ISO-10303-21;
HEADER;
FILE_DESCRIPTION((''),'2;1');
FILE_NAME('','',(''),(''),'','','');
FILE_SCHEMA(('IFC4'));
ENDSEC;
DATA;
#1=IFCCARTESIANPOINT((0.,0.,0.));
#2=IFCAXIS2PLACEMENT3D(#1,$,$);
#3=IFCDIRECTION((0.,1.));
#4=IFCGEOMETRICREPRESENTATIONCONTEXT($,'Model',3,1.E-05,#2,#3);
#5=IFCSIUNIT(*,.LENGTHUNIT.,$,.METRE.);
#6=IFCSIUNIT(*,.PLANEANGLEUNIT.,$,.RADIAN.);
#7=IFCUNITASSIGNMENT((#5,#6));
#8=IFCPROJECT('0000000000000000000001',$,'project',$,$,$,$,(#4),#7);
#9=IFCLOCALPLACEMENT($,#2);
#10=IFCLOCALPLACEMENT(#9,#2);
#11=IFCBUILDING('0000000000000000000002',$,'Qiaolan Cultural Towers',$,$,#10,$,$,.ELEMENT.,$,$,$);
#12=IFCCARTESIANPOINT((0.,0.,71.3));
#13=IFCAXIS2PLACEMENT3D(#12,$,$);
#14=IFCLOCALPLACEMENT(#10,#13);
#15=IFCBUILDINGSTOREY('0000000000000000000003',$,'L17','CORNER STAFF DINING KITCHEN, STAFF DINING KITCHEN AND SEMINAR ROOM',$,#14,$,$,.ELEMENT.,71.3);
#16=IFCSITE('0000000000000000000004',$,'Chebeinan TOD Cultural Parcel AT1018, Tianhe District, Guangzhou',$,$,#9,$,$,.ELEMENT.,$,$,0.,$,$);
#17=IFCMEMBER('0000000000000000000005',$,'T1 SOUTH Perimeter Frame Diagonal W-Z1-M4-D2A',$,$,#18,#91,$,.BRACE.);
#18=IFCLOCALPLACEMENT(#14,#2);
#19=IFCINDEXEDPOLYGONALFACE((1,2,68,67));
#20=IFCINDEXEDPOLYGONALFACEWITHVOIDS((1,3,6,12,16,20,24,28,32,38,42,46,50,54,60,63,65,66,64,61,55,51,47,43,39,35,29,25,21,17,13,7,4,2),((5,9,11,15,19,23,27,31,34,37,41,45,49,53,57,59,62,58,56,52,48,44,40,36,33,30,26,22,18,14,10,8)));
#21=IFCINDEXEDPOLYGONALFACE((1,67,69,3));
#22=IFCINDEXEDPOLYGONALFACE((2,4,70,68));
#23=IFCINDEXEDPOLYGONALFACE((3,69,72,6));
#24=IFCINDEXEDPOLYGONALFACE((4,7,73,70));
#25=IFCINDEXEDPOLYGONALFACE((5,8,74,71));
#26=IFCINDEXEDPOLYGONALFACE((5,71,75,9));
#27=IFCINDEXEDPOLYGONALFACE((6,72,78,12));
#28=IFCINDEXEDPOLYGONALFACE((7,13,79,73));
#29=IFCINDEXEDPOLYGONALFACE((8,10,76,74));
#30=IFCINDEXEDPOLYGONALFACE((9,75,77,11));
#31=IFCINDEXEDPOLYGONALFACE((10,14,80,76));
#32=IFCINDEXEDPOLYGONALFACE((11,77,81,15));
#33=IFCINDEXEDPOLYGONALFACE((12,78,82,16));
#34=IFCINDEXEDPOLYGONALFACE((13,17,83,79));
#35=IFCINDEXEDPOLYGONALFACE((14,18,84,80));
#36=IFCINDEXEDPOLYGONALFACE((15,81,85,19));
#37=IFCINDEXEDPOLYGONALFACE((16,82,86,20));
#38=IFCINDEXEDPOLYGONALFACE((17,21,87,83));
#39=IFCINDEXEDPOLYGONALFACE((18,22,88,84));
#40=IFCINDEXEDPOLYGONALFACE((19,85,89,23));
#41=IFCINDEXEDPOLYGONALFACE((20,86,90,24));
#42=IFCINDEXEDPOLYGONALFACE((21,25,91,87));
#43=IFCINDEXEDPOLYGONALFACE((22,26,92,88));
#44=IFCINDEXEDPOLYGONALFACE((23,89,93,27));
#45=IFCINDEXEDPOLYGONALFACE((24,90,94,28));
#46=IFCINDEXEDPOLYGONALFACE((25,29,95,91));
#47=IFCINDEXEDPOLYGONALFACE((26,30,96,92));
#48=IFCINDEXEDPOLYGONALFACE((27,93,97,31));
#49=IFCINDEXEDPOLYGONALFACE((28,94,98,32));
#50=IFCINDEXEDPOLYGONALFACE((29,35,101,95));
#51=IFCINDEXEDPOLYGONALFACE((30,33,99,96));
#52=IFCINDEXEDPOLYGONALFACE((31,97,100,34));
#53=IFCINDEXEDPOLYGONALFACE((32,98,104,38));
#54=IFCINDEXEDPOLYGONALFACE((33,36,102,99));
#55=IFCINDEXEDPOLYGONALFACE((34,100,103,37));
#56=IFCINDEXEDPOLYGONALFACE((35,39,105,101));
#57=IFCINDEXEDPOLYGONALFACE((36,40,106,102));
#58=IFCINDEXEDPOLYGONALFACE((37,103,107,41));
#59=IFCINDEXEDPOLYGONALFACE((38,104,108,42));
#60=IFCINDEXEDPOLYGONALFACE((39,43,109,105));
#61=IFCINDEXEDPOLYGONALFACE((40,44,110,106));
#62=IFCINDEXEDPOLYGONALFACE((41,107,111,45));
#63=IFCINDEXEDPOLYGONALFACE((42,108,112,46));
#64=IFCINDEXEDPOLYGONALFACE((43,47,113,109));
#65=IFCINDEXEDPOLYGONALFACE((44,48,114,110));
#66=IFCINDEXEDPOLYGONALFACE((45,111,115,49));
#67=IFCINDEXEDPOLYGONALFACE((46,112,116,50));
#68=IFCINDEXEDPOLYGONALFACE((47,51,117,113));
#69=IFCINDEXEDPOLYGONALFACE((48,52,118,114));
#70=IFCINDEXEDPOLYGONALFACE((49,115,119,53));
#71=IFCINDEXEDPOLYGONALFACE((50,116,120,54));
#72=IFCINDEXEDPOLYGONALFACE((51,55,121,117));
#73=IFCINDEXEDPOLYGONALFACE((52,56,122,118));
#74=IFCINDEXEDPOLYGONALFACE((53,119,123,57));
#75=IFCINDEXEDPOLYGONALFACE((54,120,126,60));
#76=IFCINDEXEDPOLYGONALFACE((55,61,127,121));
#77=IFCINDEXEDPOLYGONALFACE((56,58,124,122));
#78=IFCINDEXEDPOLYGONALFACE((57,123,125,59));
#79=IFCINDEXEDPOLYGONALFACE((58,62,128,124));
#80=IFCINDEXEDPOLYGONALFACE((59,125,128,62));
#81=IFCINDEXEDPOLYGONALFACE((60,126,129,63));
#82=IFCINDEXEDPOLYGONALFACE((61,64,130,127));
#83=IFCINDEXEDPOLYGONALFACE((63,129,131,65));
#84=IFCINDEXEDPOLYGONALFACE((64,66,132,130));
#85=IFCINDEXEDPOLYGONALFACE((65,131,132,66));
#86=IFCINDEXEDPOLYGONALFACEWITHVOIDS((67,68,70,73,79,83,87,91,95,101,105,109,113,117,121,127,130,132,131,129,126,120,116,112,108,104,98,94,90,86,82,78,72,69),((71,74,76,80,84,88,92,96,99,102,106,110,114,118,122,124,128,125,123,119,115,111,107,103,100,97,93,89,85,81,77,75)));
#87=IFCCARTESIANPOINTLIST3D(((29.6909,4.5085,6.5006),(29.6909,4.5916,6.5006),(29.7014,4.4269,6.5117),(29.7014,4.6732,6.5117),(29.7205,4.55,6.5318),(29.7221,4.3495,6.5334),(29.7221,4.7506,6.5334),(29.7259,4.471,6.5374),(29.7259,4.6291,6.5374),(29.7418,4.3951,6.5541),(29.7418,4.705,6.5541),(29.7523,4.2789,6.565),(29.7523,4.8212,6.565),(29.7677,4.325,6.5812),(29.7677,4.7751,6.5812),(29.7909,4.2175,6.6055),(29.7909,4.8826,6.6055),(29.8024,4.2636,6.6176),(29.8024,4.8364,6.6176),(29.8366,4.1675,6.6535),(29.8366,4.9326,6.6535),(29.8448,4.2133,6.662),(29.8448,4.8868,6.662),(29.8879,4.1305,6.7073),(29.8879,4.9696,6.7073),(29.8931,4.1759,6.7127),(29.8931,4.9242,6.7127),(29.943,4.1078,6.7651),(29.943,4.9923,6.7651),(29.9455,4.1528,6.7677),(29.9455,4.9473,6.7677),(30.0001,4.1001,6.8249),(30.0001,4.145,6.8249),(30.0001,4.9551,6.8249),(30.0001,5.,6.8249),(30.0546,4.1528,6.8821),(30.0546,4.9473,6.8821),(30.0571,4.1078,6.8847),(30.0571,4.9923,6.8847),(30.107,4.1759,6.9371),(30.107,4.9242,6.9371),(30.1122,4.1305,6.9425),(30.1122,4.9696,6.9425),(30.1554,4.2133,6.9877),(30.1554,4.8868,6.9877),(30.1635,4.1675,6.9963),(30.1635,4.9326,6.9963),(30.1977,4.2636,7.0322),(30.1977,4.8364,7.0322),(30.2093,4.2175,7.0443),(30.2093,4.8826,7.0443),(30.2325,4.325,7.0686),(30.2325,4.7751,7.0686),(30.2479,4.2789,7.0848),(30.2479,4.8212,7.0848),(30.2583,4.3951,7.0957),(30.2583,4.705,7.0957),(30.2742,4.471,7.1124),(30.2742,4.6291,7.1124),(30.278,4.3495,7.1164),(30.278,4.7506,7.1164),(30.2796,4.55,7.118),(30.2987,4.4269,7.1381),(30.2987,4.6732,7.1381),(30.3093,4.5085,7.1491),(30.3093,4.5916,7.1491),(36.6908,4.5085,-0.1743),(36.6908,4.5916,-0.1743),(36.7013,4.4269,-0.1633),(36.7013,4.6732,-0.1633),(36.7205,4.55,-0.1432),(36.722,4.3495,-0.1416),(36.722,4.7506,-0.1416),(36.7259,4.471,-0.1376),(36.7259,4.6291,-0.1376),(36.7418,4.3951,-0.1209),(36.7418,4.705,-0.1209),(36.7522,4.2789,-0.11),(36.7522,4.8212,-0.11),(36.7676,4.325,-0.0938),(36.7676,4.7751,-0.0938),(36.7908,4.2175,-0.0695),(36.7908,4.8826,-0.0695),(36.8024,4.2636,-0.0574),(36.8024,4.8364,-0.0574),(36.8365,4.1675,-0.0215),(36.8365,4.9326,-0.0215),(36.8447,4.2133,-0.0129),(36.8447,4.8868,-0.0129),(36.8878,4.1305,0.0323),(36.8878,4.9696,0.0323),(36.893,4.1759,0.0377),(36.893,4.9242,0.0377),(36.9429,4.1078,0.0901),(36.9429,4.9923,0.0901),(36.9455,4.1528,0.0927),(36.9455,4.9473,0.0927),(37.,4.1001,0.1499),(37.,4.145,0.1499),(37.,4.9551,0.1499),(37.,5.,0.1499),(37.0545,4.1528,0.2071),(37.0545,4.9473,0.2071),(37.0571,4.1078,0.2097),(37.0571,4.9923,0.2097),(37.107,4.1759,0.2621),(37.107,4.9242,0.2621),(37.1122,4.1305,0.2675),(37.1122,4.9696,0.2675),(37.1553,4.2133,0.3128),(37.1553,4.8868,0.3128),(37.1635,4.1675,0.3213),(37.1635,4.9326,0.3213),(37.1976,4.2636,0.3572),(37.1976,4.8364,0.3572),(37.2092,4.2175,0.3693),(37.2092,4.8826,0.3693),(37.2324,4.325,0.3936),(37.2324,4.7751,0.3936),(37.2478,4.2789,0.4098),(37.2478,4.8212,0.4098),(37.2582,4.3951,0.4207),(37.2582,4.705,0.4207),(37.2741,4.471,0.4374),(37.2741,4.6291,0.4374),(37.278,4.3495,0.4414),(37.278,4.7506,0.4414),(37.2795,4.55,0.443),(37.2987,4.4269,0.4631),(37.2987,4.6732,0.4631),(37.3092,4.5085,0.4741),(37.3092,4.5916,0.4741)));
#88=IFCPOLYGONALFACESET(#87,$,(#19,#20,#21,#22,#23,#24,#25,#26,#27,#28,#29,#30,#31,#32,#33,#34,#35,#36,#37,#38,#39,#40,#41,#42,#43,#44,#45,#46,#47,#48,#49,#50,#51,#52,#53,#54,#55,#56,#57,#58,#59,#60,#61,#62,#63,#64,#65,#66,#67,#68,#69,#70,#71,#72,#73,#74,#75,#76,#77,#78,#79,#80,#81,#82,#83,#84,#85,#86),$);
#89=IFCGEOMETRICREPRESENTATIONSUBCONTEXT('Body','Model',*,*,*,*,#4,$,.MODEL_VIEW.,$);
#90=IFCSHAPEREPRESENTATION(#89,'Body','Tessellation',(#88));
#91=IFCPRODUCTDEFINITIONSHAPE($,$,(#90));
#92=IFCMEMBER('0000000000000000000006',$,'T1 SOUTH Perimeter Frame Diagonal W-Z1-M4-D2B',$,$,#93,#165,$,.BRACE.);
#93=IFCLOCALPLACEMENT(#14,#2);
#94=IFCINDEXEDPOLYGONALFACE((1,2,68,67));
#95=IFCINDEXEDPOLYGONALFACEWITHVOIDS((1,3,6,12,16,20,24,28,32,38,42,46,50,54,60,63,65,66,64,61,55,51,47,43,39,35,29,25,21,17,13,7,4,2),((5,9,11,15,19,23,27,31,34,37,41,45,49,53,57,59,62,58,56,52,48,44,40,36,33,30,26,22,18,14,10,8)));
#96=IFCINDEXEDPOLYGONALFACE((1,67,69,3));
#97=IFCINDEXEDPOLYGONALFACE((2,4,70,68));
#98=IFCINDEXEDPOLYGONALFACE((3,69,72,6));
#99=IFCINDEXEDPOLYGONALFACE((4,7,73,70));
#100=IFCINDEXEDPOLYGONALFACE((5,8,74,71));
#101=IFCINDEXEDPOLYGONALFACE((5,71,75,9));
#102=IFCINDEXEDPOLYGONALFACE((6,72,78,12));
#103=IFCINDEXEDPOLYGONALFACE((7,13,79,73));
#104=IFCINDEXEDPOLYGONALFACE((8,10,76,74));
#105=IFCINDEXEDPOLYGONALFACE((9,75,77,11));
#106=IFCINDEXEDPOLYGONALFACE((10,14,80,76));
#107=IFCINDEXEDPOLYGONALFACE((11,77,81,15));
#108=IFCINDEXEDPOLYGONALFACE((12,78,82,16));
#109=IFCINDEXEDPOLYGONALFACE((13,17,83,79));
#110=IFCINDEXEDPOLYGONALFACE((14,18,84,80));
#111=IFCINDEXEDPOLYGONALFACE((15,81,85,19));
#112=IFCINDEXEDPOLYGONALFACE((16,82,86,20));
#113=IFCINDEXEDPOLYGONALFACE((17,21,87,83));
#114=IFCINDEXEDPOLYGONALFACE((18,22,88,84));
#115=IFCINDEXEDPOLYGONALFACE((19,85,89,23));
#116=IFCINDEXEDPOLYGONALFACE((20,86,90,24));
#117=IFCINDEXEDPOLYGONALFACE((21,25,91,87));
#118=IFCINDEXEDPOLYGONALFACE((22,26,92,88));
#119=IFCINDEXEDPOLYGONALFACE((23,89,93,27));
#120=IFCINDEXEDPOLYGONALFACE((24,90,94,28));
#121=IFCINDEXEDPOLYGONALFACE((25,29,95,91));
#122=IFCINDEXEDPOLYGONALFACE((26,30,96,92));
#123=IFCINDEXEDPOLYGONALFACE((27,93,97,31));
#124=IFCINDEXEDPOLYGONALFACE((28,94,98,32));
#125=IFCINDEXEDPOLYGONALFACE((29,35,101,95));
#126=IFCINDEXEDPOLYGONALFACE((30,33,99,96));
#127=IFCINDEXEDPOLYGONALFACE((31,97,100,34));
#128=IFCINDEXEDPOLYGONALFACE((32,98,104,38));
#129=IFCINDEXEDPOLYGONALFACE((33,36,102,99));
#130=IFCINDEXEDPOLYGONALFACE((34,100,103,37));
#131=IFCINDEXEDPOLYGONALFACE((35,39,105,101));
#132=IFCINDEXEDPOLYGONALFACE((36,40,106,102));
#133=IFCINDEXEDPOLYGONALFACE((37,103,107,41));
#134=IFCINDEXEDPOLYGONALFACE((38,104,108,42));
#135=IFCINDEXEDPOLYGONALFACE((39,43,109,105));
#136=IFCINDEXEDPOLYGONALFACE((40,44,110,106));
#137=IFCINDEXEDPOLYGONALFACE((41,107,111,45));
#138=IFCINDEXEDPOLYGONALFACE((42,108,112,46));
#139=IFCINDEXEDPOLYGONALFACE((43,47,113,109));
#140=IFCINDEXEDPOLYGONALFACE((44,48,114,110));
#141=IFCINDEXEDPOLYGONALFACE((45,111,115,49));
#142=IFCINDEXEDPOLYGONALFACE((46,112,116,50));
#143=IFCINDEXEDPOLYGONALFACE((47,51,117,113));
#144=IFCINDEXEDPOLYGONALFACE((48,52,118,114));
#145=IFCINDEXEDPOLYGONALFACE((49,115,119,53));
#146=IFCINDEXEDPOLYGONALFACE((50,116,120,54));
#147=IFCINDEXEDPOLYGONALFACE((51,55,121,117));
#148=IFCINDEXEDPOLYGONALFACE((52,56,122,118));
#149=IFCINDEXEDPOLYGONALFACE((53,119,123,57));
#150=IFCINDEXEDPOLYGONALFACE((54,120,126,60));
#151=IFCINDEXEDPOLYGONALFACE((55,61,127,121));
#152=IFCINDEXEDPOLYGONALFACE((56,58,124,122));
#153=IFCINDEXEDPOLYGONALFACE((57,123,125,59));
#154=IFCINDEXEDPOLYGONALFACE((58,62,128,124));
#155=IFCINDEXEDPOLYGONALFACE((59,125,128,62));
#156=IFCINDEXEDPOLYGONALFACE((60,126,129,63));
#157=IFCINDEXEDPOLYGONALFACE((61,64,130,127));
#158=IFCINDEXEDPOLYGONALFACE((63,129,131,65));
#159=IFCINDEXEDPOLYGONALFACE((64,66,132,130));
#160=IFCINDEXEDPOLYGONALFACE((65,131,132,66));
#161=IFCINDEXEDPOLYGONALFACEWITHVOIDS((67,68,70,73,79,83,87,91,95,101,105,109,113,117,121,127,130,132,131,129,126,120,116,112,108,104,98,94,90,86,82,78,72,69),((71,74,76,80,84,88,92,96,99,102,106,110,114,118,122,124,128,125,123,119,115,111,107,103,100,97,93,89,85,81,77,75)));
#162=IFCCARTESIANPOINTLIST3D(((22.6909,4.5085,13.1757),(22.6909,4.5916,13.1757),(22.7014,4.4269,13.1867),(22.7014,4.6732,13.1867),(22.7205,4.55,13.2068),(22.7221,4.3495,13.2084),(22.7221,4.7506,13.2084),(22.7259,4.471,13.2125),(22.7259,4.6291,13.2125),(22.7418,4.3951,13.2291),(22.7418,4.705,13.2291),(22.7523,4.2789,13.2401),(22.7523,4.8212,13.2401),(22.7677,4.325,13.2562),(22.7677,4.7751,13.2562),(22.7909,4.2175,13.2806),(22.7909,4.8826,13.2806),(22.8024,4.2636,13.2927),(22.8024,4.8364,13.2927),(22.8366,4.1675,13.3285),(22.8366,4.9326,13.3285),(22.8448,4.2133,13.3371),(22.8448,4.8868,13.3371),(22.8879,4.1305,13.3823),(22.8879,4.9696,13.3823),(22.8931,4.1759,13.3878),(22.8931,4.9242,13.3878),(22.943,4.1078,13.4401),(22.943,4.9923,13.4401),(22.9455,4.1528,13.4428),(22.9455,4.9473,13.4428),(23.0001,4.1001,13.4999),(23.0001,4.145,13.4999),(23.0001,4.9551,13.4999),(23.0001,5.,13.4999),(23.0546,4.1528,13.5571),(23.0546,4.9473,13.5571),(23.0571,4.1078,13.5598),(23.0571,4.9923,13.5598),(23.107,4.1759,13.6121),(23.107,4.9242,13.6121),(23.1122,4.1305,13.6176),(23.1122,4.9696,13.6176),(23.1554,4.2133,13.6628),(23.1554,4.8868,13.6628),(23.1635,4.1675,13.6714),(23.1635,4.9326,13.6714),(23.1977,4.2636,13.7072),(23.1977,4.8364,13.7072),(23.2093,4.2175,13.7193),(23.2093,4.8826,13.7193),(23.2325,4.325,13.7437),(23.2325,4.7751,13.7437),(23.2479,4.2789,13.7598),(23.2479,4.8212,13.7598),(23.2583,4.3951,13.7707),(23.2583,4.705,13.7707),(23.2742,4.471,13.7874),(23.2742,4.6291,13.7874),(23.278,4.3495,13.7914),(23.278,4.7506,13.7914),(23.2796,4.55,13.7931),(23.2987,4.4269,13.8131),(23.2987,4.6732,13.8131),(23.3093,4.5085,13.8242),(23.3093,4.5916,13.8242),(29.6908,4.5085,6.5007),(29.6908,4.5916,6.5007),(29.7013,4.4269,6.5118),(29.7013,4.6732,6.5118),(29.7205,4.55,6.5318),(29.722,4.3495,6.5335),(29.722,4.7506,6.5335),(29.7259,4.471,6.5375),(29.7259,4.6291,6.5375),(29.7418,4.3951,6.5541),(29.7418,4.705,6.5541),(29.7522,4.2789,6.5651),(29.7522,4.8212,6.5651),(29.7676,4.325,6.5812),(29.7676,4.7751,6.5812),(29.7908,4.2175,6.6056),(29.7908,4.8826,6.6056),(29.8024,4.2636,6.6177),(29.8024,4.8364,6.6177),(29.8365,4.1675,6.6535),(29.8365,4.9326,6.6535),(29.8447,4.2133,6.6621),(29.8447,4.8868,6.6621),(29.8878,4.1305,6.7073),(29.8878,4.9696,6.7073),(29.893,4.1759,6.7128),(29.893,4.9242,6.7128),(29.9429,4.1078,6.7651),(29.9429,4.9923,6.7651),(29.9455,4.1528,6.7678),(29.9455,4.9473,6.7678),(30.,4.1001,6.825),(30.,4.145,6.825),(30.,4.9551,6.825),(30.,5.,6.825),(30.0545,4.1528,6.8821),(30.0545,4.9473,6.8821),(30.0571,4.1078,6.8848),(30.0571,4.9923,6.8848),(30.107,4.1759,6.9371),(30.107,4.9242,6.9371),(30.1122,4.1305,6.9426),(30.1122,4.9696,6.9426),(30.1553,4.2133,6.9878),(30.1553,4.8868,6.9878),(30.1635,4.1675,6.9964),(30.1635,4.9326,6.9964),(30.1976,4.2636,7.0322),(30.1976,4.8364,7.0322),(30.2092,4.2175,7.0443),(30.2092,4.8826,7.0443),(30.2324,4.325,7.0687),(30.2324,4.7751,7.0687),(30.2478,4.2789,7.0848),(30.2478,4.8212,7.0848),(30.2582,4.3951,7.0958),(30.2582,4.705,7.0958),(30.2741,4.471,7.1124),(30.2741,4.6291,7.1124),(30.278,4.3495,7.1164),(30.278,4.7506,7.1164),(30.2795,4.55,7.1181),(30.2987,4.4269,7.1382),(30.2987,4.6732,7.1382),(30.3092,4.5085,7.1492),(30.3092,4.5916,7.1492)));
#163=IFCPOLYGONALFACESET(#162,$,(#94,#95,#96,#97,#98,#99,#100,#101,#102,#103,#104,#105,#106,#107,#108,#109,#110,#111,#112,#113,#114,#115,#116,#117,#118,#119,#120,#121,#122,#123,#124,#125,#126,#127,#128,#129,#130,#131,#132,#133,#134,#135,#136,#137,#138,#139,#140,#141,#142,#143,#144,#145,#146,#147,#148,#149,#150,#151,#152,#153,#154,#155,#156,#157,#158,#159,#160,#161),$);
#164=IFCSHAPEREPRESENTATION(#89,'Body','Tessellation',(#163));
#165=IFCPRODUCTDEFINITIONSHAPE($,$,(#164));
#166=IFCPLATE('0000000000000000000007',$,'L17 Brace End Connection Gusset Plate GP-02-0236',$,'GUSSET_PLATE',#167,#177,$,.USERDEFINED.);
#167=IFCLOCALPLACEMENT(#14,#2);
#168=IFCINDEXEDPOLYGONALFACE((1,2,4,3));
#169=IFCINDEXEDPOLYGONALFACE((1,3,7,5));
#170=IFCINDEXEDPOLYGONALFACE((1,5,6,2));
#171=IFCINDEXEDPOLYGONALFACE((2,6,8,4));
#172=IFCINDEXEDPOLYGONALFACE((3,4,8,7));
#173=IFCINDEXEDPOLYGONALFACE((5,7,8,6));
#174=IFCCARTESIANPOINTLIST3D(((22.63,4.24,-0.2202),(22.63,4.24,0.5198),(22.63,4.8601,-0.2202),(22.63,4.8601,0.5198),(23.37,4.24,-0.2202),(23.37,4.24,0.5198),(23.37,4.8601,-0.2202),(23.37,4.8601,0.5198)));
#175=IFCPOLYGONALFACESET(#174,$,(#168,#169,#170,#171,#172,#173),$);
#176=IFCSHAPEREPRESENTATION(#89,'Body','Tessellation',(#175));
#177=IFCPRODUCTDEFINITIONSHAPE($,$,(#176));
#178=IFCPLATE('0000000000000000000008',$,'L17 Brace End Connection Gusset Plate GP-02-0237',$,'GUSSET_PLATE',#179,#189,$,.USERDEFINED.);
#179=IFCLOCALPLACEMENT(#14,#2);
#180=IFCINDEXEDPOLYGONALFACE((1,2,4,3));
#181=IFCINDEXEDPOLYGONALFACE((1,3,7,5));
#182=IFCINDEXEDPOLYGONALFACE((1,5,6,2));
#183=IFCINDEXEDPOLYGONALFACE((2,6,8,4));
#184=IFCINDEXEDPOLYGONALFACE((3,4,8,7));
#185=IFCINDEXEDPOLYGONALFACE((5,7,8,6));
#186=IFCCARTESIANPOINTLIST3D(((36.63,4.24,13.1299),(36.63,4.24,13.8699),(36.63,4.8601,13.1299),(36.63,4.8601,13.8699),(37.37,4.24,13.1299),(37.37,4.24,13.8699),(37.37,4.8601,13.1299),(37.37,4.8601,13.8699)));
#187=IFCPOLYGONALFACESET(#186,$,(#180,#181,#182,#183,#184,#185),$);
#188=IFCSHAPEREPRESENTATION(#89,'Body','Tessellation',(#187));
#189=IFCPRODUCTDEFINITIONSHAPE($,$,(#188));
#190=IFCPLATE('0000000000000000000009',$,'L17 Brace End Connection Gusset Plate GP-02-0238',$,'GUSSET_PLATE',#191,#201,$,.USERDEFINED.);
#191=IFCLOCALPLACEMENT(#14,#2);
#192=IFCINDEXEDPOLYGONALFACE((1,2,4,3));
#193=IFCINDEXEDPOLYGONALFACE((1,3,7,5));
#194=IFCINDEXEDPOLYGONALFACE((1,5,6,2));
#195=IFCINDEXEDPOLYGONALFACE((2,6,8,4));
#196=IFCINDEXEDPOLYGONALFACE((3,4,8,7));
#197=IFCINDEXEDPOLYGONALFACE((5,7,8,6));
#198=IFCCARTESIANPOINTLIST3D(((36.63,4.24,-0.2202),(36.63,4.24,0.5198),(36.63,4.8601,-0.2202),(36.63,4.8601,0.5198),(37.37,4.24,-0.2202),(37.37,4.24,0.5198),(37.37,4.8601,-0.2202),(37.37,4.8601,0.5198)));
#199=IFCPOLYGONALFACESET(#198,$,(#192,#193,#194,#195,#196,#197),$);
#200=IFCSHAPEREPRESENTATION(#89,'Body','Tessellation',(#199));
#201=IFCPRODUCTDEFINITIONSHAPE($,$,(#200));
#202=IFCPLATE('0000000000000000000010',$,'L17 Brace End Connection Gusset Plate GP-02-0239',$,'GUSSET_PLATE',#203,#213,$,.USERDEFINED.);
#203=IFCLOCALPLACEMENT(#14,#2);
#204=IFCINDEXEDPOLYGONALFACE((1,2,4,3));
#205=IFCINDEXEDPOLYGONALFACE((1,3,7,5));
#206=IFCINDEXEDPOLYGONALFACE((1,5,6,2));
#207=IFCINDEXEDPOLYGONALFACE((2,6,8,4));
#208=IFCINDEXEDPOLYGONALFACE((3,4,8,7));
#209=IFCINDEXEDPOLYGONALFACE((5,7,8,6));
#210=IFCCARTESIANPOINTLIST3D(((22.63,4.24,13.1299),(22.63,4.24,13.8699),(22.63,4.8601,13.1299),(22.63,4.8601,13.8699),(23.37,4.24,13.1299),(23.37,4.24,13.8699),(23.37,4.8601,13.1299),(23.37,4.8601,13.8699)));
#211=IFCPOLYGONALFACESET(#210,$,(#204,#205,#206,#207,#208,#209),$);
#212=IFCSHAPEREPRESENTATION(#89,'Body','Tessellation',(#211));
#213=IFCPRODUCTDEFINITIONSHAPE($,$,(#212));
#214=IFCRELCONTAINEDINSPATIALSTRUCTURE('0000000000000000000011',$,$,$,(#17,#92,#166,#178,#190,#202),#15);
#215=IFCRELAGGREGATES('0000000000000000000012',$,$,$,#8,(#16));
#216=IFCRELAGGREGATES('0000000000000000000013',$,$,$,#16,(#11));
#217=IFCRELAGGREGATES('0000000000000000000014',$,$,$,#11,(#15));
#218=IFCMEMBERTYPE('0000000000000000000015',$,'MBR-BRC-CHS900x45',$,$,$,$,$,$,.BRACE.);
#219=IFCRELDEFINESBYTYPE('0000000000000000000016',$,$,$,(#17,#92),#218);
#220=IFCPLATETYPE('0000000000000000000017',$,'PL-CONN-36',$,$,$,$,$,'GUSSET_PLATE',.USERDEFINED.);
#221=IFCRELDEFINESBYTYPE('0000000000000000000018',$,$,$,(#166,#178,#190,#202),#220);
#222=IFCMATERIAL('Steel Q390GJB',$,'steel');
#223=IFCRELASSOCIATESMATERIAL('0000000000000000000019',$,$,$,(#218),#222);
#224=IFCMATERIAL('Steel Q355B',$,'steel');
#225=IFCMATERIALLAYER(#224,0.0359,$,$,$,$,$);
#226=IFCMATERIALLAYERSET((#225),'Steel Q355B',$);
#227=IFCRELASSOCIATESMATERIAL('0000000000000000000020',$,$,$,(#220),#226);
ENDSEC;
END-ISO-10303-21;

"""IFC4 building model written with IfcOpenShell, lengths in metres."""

from ifc_helpers import new_model, si_unit, direction, frame, origin, origin_2d, place, context, subcontext, project, spatial, rectangle, hollow_circle, extrude, material, layer, layer_set, material_profile, profile_set, type_object, element, save


model = new_model("IFC4")

# Units and contexts
model_context = context("Model", 3, precision=1e-05, world=origin(), true_north=direction((0.0, 1.0)))
body_context = subcontext(model_context, "Body", "Model", "MODEL_VIEW")
ifc_project = project(units=[si_unit("LENGTHUNIT", "METRE"), si_unit("PLANEANGLEUNIT", "RADIAN")], contexts=[model_context])

# Site, building, storey
site_placement = place(None, origin())
site = spatial("IfcSite", under=ifc_project, at=site_placement, Name="Chebeinan TOD Cultural Parcel AT1018, Tianhe District, Guangzhou", CompositionType="ELEMENT", RefElevation=0.0)
building_placement = place(site_placement, origin())
building = spatial("IfcBuilding", under=site, at=building_placement, Name="Qiaolan Cultural Towers", CompositionType="ELEMENT")
storey_placement = place(building_placement, frame((0.0, 0.0, 71.3)))
storey = spatial("IfcBuildingStorey", under=building, at=storey_placement, Name="L17", Description="CORNER STAFF DINING KITCHEN, STAFF DINING KITCHEN AND SEMINAR ROOM", CompositionType="ELEMENT", Elevation=71.3)

# Members
ifc_material_1 = material(Name="Steel Q390GJB", Category="steel")
ifc_material_profile_1 = material_profile(ifc_material_1, hollow_circle(Radius=0.45, WallThickness=0.0449, at=origin_2d()), Name="CHS900x45")
ifc_profile_set_1 = profile_set([ifc_material_profile_1], Name="Steel Q390GJB")
member_type = type_object("IfcMemberType", Name="MBR-BRC-CHS900x45", PredefinedType="BRACE", material=ifc_profile_set_1)
for number, where, z_axis, x_axis, name in (
    (1, (37.0, 4.55, 0.1499), (-0.723705, 0.0, 0.690109), (0.0, -1.0, 0.0), "T1 SOUTH Perimeter Frame Diagonal W-Z1-M4-D2A"),
    (2, (30.0, 4.55, 6.825), (-0.723705, 0.0, 0.690109), (0.0, -1.0, 0.0), "T1 SOUTH Perimeter Frame Diagonal W-Z1-M4-D2B"),
):
    element("IfcMember", number, at=place(storey_placement, frame(where, z_axis=z_axis, x_axis=x_axis)), inside=storey, type_object=member_type, Name=name, PredefinedType="BRACE", context=body_context, shape_type="SweptSolid", body=[
        extrude(hollow_circle(Radius=0.45, WallThickness=0.0449, at=origin_2d()), origin(), (0.0, 0.0, 1.0), 9.6724),
    ])

# Plates
ifc_material_2 = material(Name="Steel Q355B", Category="steel")
ifc_layer_1 = layer(ifc_material_2, 0.0359)
ifc_layer_set_1 = layer_set([ifc_layer_1], Name="Steel Q355B")
plate_type_1 = type_object("IfcPlateType", Name="PL-CONN-36", ElementType="GUSSET_PLATE", PredefinedType="USERDEFINED", material=ifc_layer_set_1)
for number, where, z_axis, x_axis, name in (
    (3, (23.0, 4.55, -0.2202), (0.0, 0.0, 1.0), (1.0, 0.0, 0.0), "L17 Brace End Connection Gusset Plate GP-02-0236"),
    (4, (37.0, 4.55, 13.1299), (0.0, 0.0, 1.0), (1.0, 0.0, 0.0), "L17 Brace End Connection Gusset Plate GP-02-0237"),
    (5, (37.0, 4.55, -0.2202), (0.0, 0.0, 1.0), (1.0, 0.0, 0.0), "L17 Brace End Connection Gusset Plate GP-02-0238"),
    (6, (23.0, 4.55, 13.1299), (0.0, 0.0, 1.0), (1.0, 0.0, 0.0), "L17 Brace End Connection Gusset Plate GP-02-0239"),
):
    element("IfcPlate", number, at=place(storey_placement, frame(where, z_axis=z_axis, x_axis=x_axis)), inside=storey, type_object=plate_type_1, Name=name, ObjectType="GUSSET_PLATE", PredefinedType="USERDEFINED", context=body_context, shape_type="SweptSolid", body=[
        extrude(rectangle(XDim=0.74, YDim=0.6201, at=origin_2d()), origin(), (0.0, 0.0, 1.0), 0.74),
    ])

save(model, "model.ifc")
